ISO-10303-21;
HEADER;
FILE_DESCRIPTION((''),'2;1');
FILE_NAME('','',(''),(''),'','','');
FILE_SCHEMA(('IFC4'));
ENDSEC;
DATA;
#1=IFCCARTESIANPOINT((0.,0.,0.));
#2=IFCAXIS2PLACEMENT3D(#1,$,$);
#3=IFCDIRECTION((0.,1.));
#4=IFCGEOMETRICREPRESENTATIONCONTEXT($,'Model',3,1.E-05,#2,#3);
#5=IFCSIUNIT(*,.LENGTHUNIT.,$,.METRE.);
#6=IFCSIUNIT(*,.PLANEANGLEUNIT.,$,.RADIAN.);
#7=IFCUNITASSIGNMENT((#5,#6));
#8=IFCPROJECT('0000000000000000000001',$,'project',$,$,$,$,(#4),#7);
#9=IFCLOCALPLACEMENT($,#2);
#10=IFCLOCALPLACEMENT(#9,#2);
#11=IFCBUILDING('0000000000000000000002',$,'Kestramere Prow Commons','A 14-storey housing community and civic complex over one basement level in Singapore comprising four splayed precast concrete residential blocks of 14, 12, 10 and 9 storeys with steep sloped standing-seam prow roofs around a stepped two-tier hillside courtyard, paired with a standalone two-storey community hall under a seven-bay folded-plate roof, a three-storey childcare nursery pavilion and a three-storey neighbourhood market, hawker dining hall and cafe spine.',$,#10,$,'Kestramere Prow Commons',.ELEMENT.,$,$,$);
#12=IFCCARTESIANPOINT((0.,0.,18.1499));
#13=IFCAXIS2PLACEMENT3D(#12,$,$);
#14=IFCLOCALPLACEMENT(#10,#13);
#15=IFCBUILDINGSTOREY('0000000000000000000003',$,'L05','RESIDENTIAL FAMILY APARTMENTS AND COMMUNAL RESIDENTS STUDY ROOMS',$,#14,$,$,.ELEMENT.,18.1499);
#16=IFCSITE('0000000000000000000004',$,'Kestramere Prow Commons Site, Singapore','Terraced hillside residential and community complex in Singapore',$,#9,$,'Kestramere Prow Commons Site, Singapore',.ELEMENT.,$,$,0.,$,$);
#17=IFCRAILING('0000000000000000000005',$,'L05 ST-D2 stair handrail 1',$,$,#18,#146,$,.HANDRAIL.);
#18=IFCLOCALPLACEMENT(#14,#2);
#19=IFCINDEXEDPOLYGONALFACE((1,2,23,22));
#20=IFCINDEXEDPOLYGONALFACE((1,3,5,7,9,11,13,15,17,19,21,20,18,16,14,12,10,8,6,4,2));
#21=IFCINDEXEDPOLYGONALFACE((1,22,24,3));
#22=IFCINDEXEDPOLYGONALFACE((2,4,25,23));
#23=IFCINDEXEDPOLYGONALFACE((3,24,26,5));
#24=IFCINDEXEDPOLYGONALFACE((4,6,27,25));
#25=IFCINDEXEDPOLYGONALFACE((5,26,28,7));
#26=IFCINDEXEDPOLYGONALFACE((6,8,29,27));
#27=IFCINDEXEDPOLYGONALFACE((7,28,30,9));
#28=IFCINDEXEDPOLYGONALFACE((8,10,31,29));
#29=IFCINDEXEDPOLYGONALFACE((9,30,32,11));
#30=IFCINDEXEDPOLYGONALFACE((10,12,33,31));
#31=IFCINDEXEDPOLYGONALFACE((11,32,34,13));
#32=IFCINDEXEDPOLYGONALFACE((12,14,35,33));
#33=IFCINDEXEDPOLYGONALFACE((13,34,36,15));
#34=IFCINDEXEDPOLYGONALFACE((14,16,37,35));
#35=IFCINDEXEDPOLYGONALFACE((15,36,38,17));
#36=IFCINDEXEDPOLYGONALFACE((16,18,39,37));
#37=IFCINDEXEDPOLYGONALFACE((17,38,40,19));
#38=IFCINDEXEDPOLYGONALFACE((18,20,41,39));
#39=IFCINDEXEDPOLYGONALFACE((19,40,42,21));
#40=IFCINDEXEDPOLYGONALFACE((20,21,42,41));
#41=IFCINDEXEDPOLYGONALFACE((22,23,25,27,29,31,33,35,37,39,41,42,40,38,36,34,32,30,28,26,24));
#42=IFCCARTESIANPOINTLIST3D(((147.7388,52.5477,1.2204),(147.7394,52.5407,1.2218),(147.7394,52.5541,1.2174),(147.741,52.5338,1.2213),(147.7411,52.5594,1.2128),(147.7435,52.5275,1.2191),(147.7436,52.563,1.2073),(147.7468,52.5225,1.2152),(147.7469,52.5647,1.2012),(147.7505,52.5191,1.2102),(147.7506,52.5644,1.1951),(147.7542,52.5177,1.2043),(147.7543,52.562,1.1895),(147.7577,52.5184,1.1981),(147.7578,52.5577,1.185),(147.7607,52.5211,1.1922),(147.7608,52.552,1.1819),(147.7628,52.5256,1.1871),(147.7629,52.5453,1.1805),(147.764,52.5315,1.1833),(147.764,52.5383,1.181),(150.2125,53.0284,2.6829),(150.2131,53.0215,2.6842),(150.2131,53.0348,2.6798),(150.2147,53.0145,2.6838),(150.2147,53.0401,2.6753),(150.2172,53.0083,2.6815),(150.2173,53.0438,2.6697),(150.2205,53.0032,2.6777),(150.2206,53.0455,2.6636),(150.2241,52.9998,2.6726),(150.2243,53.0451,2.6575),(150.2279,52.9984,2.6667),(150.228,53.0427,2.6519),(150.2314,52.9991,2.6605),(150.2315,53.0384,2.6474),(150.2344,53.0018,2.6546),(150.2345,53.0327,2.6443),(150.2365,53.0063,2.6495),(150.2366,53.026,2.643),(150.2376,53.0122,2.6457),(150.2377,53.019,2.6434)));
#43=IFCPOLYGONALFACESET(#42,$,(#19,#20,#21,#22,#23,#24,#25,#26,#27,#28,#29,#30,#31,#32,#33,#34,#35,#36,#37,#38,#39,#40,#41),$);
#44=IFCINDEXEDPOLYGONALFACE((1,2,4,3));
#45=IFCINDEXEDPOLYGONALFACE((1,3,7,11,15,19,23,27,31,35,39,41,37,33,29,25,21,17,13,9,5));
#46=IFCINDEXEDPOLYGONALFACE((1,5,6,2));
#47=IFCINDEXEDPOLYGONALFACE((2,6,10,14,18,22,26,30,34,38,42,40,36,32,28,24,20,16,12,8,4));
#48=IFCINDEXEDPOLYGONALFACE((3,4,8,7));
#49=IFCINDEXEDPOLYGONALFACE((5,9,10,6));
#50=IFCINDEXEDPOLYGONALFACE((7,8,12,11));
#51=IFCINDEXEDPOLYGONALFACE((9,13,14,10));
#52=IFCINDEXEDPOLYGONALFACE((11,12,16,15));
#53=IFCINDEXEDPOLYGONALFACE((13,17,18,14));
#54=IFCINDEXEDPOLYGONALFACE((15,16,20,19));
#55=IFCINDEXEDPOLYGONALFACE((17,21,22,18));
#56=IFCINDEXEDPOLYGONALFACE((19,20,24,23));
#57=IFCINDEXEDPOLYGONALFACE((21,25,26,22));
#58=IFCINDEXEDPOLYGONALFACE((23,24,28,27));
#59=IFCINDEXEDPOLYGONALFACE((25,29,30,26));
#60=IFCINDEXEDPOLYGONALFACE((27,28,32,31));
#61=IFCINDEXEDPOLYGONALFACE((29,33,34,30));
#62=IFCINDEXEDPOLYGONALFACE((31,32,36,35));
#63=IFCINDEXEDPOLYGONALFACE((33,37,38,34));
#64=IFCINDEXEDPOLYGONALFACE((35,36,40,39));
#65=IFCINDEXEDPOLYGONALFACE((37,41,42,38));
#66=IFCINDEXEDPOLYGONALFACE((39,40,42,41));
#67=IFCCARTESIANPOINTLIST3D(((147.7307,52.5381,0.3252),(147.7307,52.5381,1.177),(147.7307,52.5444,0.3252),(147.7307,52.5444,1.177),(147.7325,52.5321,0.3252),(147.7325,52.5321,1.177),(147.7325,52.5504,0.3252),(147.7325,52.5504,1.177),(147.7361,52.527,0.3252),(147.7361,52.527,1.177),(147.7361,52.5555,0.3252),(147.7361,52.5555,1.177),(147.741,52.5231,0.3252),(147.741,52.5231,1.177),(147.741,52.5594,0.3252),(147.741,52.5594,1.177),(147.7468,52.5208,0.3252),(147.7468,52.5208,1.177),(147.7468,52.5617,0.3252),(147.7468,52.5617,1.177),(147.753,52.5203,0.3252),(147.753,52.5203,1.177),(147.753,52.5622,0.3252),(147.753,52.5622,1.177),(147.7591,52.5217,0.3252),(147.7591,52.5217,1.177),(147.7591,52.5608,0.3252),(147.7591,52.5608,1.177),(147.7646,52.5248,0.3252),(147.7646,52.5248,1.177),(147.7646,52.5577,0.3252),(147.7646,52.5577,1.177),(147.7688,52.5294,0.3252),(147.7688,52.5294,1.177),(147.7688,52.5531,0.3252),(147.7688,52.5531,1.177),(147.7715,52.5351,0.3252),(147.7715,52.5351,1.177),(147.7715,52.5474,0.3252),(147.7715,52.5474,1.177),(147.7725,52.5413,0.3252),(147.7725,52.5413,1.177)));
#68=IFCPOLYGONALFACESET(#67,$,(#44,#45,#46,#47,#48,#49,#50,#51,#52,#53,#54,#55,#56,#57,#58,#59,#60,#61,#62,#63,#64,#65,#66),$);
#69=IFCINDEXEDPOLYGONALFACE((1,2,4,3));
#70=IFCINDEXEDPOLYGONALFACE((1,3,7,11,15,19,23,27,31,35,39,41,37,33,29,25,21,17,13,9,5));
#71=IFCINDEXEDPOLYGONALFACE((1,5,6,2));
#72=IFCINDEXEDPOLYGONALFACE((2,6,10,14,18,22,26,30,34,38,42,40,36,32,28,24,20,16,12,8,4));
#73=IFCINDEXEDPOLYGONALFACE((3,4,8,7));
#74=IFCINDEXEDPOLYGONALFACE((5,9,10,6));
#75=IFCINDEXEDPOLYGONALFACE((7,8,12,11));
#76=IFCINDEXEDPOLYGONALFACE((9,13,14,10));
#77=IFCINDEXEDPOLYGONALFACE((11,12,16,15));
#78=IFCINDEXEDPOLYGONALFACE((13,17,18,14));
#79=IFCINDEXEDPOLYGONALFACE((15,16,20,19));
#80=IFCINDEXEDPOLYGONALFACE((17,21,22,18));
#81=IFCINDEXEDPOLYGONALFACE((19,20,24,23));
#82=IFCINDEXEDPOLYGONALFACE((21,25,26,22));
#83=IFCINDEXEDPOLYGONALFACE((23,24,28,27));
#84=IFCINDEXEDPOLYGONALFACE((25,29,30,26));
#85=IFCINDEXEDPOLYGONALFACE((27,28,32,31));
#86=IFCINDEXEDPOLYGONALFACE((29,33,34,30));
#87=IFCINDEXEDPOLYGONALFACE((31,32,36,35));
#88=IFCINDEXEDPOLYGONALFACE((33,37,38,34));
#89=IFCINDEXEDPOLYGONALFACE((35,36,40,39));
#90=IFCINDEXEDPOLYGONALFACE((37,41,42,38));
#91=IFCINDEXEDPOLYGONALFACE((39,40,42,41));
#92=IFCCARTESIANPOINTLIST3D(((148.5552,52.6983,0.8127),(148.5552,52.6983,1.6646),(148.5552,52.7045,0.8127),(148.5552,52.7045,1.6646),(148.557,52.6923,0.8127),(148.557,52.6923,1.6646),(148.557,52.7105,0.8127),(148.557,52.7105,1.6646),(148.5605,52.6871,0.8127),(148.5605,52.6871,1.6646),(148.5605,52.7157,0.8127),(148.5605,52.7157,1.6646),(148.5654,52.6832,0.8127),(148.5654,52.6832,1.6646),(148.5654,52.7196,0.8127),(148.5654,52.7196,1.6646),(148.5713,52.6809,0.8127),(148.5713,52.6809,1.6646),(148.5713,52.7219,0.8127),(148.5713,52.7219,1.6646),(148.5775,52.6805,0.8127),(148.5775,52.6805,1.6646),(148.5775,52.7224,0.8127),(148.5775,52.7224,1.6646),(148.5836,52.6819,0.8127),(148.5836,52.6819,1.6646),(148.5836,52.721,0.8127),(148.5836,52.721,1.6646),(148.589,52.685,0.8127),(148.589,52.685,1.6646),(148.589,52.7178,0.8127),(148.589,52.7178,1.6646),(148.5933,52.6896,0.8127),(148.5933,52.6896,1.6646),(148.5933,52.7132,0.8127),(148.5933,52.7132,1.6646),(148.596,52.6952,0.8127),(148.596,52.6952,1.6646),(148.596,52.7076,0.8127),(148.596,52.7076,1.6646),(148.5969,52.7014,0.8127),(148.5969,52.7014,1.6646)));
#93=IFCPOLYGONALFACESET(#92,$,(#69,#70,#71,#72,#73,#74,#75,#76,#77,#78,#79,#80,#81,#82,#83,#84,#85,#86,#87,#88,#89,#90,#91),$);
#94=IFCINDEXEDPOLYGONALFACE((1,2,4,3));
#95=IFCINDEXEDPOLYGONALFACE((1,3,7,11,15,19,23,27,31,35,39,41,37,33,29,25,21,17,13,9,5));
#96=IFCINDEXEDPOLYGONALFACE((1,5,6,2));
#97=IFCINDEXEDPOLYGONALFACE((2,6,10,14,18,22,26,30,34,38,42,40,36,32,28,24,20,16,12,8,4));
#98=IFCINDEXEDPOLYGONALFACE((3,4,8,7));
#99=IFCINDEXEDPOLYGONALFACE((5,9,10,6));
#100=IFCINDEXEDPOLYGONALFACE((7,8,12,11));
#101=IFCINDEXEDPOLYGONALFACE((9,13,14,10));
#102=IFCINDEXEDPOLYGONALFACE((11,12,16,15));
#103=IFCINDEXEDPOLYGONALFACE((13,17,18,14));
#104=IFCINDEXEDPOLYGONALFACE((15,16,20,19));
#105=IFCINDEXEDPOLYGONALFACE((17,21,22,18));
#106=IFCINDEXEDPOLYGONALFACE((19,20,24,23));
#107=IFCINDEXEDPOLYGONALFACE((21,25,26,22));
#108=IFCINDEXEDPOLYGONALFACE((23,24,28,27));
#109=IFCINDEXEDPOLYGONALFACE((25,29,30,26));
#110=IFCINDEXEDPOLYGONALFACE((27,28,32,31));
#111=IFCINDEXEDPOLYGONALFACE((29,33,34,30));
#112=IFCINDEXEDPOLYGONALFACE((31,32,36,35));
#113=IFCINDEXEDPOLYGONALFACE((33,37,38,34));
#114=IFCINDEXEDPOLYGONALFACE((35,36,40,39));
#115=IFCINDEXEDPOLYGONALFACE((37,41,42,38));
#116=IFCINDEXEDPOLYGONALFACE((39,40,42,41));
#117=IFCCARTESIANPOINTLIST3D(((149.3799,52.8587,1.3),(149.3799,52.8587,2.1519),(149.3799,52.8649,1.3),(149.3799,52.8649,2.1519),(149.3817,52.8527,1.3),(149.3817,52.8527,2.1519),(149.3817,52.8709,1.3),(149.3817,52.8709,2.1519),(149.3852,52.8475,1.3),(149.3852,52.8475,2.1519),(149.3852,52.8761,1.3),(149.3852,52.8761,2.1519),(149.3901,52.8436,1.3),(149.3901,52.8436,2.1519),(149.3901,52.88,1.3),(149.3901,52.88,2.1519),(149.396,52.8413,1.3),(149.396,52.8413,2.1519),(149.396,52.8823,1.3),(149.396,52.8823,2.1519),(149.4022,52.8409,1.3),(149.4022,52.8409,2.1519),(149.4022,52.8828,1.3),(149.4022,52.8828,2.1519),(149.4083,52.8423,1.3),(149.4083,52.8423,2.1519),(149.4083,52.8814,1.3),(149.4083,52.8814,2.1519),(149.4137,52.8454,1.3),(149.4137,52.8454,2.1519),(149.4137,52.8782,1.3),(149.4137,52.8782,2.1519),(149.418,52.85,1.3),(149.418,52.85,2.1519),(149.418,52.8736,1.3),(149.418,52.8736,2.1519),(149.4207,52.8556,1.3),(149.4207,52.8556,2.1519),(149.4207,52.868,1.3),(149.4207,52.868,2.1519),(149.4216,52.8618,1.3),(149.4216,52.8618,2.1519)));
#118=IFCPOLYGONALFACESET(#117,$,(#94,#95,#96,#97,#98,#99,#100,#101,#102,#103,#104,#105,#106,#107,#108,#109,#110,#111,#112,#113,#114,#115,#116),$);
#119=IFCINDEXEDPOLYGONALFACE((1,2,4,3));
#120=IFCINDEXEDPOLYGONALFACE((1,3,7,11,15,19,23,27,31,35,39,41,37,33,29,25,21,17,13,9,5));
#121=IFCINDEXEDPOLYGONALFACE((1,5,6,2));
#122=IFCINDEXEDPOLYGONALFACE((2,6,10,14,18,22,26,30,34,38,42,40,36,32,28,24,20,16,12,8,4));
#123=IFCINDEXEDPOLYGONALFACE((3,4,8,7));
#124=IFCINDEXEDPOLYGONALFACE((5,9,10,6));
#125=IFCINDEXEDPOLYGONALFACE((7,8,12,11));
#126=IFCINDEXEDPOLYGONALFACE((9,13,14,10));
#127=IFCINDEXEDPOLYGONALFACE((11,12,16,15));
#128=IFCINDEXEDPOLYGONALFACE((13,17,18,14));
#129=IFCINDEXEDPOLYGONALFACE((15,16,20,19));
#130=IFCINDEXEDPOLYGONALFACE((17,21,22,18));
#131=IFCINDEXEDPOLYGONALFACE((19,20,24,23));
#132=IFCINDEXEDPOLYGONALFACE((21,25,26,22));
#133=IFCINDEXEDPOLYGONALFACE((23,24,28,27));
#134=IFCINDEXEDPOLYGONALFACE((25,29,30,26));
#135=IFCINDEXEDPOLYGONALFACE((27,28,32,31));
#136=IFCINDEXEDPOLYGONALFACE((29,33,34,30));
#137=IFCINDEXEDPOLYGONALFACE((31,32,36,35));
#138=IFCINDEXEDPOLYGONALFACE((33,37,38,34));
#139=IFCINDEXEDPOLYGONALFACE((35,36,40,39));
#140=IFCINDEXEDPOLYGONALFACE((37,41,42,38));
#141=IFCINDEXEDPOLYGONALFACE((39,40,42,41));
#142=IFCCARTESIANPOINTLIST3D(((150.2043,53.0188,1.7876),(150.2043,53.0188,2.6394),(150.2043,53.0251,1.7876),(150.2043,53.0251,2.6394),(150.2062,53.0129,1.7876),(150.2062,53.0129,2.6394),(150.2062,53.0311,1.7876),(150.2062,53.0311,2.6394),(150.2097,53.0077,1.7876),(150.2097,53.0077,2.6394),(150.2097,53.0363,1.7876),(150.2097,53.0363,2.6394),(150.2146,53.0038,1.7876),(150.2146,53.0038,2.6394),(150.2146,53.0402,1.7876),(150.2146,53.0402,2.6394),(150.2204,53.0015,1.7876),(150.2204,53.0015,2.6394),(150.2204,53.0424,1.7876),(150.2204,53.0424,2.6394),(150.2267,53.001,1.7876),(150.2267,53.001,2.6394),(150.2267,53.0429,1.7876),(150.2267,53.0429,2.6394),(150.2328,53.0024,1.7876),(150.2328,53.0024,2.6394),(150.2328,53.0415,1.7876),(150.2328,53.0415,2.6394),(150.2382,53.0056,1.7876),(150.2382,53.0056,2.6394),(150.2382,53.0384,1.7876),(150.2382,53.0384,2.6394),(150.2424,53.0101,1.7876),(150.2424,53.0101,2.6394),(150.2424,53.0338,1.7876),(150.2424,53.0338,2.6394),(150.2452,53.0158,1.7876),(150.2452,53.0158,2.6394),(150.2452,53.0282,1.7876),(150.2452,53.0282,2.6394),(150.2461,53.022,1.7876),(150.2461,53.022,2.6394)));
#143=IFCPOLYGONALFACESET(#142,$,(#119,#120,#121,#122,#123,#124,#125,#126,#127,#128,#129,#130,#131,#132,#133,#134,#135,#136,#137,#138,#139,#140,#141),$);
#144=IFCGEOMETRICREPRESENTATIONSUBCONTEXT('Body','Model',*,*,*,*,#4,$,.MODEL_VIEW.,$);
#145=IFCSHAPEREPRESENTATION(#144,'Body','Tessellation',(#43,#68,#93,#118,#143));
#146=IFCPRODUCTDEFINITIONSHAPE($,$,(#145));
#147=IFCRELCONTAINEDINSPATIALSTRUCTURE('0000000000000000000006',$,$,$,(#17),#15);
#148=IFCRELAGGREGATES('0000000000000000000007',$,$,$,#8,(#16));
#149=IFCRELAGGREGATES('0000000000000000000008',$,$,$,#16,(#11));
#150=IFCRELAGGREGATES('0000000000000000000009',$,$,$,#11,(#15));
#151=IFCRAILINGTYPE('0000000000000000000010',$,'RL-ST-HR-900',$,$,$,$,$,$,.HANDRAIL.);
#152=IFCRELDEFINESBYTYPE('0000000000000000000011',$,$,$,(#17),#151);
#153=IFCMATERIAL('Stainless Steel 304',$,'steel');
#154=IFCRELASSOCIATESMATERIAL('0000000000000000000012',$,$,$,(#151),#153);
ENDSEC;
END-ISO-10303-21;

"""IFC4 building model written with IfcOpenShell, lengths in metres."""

from ifc_helpers import new_model, si_unit, direction, frame, origin, origin_2d, place, context, subcontext, project, spatial, circle, extrude, material, type_object, element, save


model = new_model("IFC4")

# Units and contexts
model_context = context("Model", 3, precision=1e-05, world=origin(), true_north=direction((0.0, 1.0)))
body_context = subcontext(model_context, "Body", "Model", "MODEL_VIEW")
ifc_project = project(units=[si_unit("LENGTHUNIT", "METRE"), si_unit("PLANEANGLEUNIT", "RADIAN")], contexts=[model_context])

# Site, building, storey
site_placement = place(None, origin())
site = spatial("IfcSite", under=ifc_project, at=site_placement, Name="Kestramere Prow Commons Site, Singapore", Description="Terraced hillside residential and community complex in Singapore", LongName="Kestramere Prow Commons Site, Singapore", CompositionType="ELEMENT", RefElevation=0.0)
building_placement = place(site_placement, origin())
building = spatial("IfcBuilding", under=site, at=building_placement, Name="Kestramere Prow Commons", Description="A 14-storey housing community and civic complex over one basement level in Singapore comprising four splayed precast concrete residential blocks of 14, 12, 10 and 9 storeys with steep sloped standing-seam prow roofs around a stepped two-tier hillside courtyard, paired with a standalone two-storey community hall under a seven-bay folded-plate roof, a three-storey childcare nursery pavilion and a three-storey neighbourhood market, hawker dining hall and cafe spine.", LongName="Kestramere Prow Commons", CompositionType="ELEMENT")
storey_placement = place(building_placement, frame((0.0, 0.0, 18.1499)))
storey = spatial("IfcBuildingStorey", under=building, at=storey_placement, Name="L05", Description="RESIDENTIAL FAMILY APARTMENTS AND COMMUNAL RESIDENTS STUDY ROOMS", CompositionType="ELEMENT", Elevation=18.1499)

# Railing
ifc_material_1 = material(Name="Stainless Steel 304", Category="steel")
railing_type_1 = type_object("IfcRailingType", Name="RL-ST-HR-900", PredefinedType="HANDRAIL", material=ifc_material_1)
railing_1_placement = place(storey_placement, frame((147.7515, 52.5413, 0.3252)))
element("IfcRailing", 1, at=railing_1_placement, inside=storey, type_object=railing_type_1, Name="L05 ST-D2 stair handrail 1", PredefinedType="HANDRAIL", context=body_context, shape_type="SweptSolid", body=[
    extrude(circle(Radius=0.0239, at=origin_2d()), frame((0.0, 0.0, 0.876), z_axis=(0.84902, 0.164994, 0.501938), x_axis=(-0.190766, 0.981636, 0.0)), (0.0, 0.0, 1.0), 2.9136),
    extrude(circle(Radius=0.021, at=origin_2d()), origin(), (0.0, 0.0, 1.0), 0.8518),
    extrude(circle(Radius=0.021, at=origin_2d()), frame((0.8245, 0.1602, 0.4875)), (0.0, 0.0, 1.0), 0.8518),
    extrude(circle(Radius=0.021, at=origin_2d()), frame((1.6492, 0.3206, 0.9749)), (0.0, 0.0, 1.0), 0.8518),
    extrude(circle(Radius=0.021, at=origin_2d()), frame((2.4736, 0.4807, 1.4624)), (0.0, 0.0, 1.0), 0.8518),
])

save(model, "model.ifc")
